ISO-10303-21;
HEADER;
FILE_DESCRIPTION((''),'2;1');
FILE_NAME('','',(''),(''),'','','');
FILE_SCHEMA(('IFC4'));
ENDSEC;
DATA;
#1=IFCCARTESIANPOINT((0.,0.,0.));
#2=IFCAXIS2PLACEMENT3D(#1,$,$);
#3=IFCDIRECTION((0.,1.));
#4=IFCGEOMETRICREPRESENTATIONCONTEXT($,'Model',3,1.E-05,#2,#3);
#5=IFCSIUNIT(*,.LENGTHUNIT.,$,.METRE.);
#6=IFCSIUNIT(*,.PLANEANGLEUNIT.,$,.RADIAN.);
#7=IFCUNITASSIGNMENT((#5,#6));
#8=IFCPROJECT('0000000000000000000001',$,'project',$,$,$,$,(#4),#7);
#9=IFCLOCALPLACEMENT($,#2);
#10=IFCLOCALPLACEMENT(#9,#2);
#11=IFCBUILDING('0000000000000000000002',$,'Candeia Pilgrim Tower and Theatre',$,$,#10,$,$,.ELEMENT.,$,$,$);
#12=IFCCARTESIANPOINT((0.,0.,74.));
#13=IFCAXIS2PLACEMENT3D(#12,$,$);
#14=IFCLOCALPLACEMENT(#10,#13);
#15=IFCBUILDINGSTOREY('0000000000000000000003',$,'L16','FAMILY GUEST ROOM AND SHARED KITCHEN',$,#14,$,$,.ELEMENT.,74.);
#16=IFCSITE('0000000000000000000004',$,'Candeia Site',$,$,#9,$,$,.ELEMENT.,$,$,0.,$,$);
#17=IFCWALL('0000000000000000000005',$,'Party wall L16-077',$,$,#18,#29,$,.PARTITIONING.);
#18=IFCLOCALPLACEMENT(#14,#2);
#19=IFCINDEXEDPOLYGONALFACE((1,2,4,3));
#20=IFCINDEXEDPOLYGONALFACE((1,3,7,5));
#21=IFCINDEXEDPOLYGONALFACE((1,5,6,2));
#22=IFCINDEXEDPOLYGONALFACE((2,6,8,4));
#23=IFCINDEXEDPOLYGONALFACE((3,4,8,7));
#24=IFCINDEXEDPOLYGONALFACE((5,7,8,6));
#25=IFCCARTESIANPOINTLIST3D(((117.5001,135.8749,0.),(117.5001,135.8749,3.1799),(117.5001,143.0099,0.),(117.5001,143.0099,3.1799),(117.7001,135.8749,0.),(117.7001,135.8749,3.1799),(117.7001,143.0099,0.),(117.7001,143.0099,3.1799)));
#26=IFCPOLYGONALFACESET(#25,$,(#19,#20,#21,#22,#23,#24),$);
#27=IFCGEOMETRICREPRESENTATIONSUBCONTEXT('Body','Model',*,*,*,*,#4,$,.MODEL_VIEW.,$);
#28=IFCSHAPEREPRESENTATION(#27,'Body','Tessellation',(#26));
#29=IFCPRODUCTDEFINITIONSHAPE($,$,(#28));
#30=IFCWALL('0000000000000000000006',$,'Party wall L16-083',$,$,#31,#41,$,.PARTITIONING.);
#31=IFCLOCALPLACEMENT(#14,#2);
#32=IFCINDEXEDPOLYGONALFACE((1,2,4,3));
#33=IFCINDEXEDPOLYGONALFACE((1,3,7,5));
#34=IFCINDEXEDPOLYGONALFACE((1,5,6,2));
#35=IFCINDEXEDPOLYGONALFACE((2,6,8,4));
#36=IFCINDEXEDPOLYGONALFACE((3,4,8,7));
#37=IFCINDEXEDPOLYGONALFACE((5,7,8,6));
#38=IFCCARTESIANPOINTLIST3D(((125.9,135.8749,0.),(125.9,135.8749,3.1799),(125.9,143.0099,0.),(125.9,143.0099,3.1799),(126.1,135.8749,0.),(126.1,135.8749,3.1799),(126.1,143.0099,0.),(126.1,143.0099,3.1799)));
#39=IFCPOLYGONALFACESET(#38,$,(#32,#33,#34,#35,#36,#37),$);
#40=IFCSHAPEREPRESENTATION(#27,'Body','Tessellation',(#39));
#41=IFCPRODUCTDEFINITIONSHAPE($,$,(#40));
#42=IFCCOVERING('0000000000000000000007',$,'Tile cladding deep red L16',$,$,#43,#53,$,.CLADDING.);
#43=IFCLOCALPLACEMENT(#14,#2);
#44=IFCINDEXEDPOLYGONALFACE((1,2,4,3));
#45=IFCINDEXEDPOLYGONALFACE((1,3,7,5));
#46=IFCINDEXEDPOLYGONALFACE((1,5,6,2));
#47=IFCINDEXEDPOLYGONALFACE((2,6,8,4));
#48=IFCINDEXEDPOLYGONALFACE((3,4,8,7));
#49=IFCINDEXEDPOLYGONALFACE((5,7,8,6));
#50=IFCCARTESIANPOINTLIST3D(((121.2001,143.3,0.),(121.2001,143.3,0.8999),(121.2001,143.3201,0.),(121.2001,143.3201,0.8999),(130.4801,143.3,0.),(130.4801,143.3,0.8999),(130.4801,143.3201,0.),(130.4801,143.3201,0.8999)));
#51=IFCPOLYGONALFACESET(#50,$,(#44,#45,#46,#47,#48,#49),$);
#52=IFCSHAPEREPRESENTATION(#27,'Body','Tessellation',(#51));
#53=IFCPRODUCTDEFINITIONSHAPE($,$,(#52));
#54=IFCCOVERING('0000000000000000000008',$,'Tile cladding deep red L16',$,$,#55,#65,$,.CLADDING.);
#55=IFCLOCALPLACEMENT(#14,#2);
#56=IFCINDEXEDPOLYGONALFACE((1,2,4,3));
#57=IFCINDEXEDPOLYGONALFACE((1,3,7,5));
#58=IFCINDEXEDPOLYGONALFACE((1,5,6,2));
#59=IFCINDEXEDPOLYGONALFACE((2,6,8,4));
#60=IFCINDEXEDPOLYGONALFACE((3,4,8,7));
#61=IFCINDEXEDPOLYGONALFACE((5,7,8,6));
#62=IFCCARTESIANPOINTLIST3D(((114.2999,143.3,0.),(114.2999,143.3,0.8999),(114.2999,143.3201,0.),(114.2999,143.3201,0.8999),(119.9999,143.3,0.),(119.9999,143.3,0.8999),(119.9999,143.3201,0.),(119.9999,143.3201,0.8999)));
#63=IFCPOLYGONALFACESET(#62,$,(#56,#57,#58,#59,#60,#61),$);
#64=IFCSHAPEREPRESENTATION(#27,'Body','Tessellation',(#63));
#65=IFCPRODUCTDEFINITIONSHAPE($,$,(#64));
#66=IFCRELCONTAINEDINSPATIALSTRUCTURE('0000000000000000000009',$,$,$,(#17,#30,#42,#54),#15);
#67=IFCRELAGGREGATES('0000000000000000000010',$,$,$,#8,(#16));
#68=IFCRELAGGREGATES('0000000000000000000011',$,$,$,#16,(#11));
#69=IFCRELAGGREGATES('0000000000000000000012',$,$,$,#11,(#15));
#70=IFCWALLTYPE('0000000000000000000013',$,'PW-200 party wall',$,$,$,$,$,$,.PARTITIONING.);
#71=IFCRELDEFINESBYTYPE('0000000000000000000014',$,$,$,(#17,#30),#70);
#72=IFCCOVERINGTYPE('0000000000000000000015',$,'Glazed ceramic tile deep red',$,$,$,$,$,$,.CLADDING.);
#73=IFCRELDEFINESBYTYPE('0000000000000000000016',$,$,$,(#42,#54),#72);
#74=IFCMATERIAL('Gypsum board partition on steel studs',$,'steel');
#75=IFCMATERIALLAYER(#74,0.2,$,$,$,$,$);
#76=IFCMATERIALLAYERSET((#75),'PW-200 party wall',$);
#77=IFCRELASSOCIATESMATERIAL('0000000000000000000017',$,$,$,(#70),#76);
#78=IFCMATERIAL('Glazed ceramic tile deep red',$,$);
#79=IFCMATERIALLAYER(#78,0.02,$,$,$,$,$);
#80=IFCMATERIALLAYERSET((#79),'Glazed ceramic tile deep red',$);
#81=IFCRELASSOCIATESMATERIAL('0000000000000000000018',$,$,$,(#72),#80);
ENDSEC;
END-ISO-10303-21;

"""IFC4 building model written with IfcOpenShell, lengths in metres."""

from ifc_helpers import new_model, si_unit, direction, frame, frame_2d, origin, origin_2d, place, context, subcontext, project, spatial, rectangle, extrude, material, layer, layer_set, type_object, element, save


model = new_model("IFC4")

# Units and contexts
model_context = context("Model", 3, precision=1e-05, world=origin(), true_north=direction((0.0, 1.0)))
body_context = subcontext(model_context, "Body", "Model", "MODEL_VIEW")
ifc_project = project(units=[si_unit("LENGTHUNIT", "METRE"), si_unit("PLANEANGLEUNIT", "RADIAN")], contexts=[model_context])

# Site, building, storey
site_placement = place(None, origin())
site = spatial("IfcSite", under=ifc_project, at=site_placement, Name="Candeia Site", CompositionType="ELEMENT", RefElevation=0.0)
building_placement = place(site_placement, origin())
building = spatial("IfcBuilding", under=site, at=building_placement, Name="Candeia Pilgrim Tower and Theatre", CompositionType="ELEMENT")
storey_placement = place(building_placement, frame((0.0, 0.0, 74.0)))
storey = spatial("IfcBuildingStorey", under=building, at=storey_placement, Name="L16", Description="FAMILY GUEST ROOM AND SHARED KITCHEN", CompositionType="ELEMENT", Elevation=74.0)

# Shared definitions
ifc_material_1 = material(Name="Gypsum board partition on steel studs", Category="steel")

# Walls
ifc_layer_1 = layer(ifc_material_1, 0.2)
ifc_layer_set_1 = layer_set([ifc_layer_1], Name="PW-200 party wall")
wall_type_1 = type_object("IfcWallType", Name="PW-200 party wall", PredefinedType="PARTITIONING", material=ifc_layer_set_1)
for number, where, z_axis, x_axis, name in (
    (1, (117.6001, 135.875, 0.0), (0.0, 0.0, 1.0), (0.0, 1.0, 0.0), "Party wall L16-077"),
    (2, (126.0, 135.875, 0.0), (0.0, 0.0, 1.0), (0.0, 1.0, 0.0), "Party wall L16-083"),
):
    element("IfcWall", number, at=place(storey_placement, frame(where, z_axis=z_axis, x_axis=x_axis)), inside=storey, type_object=wall_type_1, Name=name, PredefinedType="PARTITIONING", context=body_context, shape_type="SweptSolid", body=[
        extrude(rectangle(XDim=7.135, YDim=0.2, at=frame_2d((3.5674, 0.0))), origin(), (0.0, 0.0, 1.0), 3.1799),
    ])

# Coverings
ifc_material_2 = material(Name="Glazed ceramic tile deep red")
ifc_layer_2 = layer(ifc_material_2, 0.02)
ifc_layer_set_2 = layer_set([ifc_layer_2], Name="Glazed ceramic tile deep red")
covering_type = type_object("IfcCoveringType", Name="Glazed ceramic tile deep red", PredefinedType="CLADDING", material=ifc_layer_set_2)
covering_1_placement = place(storey_placement, frame((125.8401, 143.3101, 0.0), z_axis=(0.0, 0.0, 1.0), x_axis=(-1.0, 0.0, 0.0)))
element("IfcCovering", 3, at=covering_1_placement, inside=storey, type_object=covering_type, Name="Tile cladding deep red L16", PredefinedType="CLADDING", context=body_context, shape_type="SweptSolid", body=[
    extrude(rectangle(XDim=9.28, YDim=0.02, at=origin_2d()), origin(), (0.0, 0.0, 1.0), 0.8999),
])
covering_2_placement = place(storey_placement, frame((117.1499, 143.3101, 0.0), z_axis=(0.0, 0.0, 1.0), x_axis=(-1.0, 0.0, 0.0)))
element("IfcCovering", 4, at=covering_2_placement, inside=storey, type_object=covering_type, Name="Tile cladding deep red L16", PredefinedType="CLADDING", context=body_context, shape_type="SweptSolid", body=[
    extrude(rectangle(XDim=5.7, YDim=0.02, at=origin_2d()), origin(), (0.0, 0.0, 1.0), 0.8999),
])

save(model, "model.ifc")
